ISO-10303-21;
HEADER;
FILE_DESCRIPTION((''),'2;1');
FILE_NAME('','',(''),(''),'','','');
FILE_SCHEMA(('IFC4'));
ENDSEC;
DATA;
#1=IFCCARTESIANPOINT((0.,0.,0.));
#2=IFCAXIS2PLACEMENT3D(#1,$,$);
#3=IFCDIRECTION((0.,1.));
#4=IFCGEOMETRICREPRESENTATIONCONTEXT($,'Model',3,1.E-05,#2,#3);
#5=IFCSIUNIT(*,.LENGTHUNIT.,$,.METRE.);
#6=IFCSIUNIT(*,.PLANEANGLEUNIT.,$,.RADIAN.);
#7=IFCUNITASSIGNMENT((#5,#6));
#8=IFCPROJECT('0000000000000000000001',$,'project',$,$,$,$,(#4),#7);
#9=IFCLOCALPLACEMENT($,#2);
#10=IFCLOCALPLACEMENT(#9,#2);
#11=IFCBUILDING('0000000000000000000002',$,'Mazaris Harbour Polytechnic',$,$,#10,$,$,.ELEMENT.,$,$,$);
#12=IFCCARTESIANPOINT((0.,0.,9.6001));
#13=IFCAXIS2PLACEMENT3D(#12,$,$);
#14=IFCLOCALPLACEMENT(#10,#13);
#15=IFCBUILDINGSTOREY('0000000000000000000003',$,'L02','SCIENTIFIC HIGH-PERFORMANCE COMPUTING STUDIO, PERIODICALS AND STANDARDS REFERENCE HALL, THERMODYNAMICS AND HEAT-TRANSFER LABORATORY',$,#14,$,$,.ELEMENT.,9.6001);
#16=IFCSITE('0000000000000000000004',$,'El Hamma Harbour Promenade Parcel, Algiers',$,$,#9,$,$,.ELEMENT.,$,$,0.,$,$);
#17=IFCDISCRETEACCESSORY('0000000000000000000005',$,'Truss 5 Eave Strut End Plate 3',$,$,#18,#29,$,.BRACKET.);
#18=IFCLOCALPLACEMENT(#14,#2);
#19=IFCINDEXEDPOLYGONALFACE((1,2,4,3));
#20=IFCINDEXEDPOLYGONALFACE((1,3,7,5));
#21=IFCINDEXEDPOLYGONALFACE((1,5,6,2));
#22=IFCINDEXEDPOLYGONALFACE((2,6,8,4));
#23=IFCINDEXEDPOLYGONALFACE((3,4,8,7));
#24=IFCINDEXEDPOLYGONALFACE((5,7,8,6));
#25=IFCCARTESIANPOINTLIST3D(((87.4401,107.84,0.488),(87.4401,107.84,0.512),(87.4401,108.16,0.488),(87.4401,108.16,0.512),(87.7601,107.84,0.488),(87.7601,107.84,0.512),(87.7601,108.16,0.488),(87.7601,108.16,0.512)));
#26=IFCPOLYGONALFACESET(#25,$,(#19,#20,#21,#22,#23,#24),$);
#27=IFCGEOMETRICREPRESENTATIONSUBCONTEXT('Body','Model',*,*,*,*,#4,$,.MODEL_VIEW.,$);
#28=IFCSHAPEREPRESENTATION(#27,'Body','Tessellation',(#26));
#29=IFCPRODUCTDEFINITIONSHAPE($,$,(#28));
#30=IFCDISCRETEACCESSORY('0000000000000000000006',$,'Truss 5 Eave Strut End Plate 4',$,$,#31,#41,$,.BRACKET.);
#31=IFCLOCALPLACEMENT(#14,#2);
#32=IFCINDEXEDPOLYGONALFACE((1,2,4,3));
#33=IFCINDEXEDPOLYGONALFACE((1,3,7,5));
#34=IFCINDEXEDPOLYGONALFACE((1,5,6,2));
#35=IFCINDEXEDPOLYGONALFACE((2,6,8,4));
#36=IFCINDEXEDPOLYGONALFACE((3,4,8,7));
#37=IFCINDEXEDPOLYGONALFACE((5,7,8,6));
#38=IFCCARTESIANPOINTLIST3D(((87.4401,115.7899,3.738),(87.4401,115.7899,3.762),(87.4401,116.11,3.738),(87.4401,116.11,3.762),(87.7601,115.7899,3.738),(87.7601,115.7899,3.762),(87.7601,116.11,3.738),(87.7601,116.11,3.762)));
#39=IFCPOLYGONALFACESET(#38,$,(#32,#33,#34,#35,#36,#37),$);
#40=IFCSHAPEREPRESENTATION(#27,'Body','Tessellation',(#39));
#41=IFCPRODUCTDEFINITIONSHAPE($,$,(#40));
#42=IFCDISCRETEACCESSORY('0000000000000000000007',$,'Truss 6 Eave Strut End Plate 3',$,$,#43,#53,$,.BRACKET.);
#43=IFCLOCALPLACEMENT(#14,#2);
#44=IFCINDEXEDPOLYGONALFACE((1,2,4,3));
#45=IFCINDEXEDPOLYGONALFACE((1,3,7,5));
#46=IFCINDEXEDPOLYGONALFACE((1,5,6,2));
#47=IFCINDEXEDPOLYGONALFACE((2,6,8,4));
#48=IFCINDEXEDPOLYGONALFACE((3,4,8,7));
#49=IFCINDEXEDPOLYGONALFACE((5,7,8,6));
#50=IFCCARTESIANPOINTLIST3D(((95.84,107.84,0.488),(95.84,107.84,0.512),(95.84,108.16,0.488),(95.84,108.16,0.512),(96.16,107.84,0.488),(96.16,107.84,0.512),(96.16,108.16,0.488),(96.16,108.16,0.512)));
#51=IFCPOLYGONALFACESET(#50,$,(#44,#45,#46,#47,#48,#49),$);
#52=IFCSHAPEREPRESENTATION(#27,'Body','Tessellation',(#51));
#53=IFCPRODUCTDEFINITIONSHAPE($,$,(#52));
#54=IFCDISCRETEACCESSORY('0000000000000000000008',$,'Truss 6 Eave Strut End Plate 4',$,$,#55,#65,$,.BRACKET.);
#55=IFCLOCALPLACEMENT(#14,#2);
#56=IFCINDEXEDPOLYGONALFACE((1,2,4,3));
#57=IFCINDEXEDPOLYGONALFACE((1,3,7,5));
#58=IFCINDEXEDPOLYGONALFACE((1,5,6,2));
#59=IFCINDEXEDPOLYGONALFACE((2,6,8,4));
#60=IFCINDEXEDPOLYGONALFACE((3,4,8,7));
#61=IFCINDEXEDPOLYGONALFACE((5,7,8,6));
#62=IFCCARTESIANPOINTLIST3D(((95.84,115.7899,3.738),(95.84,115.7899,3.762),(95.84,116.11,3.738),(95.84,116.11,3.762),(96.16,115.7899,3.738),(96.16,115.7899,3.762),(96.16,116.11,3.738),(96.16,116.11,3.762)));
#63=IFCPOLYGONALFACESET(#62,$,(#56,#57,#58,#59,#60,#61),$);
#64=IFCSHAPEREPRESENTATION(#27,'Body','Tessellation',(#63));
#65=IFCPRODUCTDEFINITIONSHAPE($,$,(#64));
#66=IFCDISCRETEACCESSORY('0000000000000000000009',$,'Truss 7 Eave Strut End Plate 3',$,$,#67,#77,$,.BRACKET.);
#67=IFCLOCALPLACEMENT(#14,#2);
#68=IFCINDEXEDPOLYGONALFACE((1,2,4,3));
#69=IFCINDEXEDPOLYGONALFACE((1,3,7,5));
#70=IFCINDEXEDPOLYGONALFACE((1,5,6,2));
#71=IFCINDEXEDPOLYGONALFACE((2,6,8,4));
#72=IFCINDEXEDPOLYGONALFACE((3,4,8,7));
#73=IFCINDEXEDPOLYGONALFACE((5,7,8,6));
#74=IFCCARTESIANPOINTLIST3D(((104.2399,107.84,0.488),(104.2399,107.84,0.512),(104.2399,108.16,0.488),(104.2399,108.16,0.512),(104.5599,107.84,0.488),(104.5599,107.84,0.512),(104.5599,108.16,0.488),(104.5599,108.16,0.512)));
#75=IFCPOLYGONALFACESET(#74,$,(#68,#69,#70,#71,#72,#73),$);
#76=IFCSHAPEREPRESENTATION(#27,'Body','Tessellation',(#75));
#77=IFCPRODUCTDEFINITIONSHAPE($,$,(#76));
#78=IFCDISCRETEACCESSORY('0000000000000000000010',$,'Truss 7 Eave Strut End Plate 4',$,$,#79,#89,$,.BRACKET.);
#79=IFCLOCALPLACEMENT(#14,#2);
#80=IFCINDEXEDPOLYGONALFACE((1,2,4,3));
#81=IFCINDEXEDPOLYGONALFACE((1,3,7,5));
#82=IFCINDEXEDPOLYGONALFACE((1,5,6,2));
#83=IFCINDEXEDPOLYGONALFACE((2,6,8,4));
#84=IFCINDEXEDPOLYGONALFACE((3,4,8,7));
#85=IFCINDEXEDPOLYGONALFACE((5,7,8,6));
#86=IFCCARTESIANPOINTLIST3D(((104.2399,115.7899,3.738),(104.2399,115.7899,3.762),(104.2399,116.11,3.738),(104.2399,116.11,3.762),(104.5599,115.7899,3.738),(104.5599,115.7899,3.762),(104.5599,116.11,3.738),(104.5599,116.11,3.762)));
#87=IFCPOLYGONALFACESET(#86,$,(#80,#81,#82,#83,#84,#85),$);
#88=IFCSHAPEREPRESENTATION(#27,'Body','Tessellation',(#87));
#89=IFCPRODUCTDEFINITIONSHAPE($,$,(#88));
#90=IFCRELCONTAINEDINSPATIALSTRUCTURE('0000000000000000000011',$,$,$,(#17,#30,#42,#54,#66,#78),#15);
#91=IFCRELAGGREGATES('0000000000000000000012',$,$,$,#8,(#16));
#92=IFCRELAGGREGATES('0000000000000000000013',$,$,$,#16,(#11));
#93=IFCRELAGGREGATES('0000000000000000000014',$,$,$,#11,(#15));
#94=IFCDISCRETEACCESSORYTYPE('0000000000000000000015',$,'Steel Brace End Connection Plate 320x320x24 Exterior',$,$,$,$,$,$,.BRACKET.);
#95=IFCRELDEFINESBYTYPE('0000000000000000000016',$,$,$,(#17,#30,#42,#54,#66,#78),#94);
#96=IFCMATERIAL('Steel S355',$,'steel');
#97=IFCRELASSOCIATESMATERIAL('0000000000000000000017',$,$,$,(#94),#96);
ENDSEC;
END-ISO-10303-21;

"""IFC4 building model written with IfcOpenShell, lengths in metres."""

from ifc_helpers import new_model, si_unit, direction, frame, origin, origin_2d, place, context, subcontext, project, spatial, rectangle, extrude, material, type_object, element, save


model = new_model("IFC4")

# Units and contexts
model_context = context("Model", 3, precision=1e-05, world=origin(), true_north=direction((0.0, 1.0)))
body_context = subcontext(model_context, "Body", "Model", "MODEL_VIEW")
ifc_project = project(units=[si_unit("LENGTHUNIT", "METRE"), si_unit("PLANEANGLEUNIT", "RADIAN")], contexts=[model_context])

# Site, building, storey
site_placement = place(None, origin())
site = spatial("IfcSite", under=ifc_project, at=site_placement, Name="El Hamma Harbour Promenade Parcel, Algiers", CompositionType="ELEMENT", RefElevation=0.0)
building_placement = place(site_placement, origin())
building = spatial("IfcBuilding", under=site, at=building_placement, Name="Mazaris Harbour Polytechnic", CompositionType="ELEMENT")
storey_placement = place(building_placement, frame((0.0, 0.0, 9.6001)))
storey = spatial("IfcBuildingStorey", under=building, at=storey_placement, Name="L02", Description="SCIENTIFIC HIGH-PERFORMANCE COMPUTING STUDIO, PERIODICALS AND STANDARDS REFERENCE HALL, THERMODYNAMICS AND HEAT-TRANSFER LABORATORY", CompositionType="ELEMENT", Elevation=9.6001)

# Discrete accessories
ifc_material_1 = material(Name="Steel S355", Category="steel")
discrete_accessory_type_1 = type_object("IfcDiscreteAccessoryType", Name="Steel Brace End Connection Plate 320x320x24 Exterior", PredefinedType="BRACKET", material=ifc_material_1)
for number, where, z_axis, x_axis, name in (
    (1, (87.6001, 108.0, 0.488), (0.0, 0.0, 1.0), (1.0, 0.0, 0.0), "Truss 5 Eave Strut End Plate 3"),
    (2, (87.6001, 115.95, 3.738), (0.0, 0.0, 1.0), (1.0, 0.0, 0.0), "Truss 5 Eave Strut End Plate 4"),
    (3, (96.0, 108.0, 0.488), (0.0, 0.0, 1.0), (1.0, 0.0, 0.0), "Truss 6 Eave Strut End Plate 3"),
    (4, (96.0, 115.95, 3.738), (0.0, 0.0, 1.0), (1.0, 0.0, 0.0), "Truss 6 Eave Strut End Plate 4"),
    (5, (104.3999, 108.0, 0.488), (0.0, 0.0, 1.0), (1.0, 0.0, 0.0), "Truss 7 Eave Strut End Plate 3"),
    (6, (104.3999, 115.95, 3.738), (0.0, 0.0, 1.0), (1.0, 0.0, 0.0), "Truss 7 Eave Strut End Plate 4"),
):
    element("IfcDiscreteAccessory", number, at=place(storey_placement, frame(where, z_axis=z_axis, x_axis=x_axis)), inside=storey, type_object=discrete_accessory_type_1, Name=name, PredefinedType="BRACKET", context=body_context, shape_type="SweptSolid", body=[
        extrude(rectangle(XDim=0.3201, YDim=0.3201, at=origin_2d()), origin(), (0.0, 0.0, 1.0), 0.0239),
    ])

save(model, "model.ifc")
